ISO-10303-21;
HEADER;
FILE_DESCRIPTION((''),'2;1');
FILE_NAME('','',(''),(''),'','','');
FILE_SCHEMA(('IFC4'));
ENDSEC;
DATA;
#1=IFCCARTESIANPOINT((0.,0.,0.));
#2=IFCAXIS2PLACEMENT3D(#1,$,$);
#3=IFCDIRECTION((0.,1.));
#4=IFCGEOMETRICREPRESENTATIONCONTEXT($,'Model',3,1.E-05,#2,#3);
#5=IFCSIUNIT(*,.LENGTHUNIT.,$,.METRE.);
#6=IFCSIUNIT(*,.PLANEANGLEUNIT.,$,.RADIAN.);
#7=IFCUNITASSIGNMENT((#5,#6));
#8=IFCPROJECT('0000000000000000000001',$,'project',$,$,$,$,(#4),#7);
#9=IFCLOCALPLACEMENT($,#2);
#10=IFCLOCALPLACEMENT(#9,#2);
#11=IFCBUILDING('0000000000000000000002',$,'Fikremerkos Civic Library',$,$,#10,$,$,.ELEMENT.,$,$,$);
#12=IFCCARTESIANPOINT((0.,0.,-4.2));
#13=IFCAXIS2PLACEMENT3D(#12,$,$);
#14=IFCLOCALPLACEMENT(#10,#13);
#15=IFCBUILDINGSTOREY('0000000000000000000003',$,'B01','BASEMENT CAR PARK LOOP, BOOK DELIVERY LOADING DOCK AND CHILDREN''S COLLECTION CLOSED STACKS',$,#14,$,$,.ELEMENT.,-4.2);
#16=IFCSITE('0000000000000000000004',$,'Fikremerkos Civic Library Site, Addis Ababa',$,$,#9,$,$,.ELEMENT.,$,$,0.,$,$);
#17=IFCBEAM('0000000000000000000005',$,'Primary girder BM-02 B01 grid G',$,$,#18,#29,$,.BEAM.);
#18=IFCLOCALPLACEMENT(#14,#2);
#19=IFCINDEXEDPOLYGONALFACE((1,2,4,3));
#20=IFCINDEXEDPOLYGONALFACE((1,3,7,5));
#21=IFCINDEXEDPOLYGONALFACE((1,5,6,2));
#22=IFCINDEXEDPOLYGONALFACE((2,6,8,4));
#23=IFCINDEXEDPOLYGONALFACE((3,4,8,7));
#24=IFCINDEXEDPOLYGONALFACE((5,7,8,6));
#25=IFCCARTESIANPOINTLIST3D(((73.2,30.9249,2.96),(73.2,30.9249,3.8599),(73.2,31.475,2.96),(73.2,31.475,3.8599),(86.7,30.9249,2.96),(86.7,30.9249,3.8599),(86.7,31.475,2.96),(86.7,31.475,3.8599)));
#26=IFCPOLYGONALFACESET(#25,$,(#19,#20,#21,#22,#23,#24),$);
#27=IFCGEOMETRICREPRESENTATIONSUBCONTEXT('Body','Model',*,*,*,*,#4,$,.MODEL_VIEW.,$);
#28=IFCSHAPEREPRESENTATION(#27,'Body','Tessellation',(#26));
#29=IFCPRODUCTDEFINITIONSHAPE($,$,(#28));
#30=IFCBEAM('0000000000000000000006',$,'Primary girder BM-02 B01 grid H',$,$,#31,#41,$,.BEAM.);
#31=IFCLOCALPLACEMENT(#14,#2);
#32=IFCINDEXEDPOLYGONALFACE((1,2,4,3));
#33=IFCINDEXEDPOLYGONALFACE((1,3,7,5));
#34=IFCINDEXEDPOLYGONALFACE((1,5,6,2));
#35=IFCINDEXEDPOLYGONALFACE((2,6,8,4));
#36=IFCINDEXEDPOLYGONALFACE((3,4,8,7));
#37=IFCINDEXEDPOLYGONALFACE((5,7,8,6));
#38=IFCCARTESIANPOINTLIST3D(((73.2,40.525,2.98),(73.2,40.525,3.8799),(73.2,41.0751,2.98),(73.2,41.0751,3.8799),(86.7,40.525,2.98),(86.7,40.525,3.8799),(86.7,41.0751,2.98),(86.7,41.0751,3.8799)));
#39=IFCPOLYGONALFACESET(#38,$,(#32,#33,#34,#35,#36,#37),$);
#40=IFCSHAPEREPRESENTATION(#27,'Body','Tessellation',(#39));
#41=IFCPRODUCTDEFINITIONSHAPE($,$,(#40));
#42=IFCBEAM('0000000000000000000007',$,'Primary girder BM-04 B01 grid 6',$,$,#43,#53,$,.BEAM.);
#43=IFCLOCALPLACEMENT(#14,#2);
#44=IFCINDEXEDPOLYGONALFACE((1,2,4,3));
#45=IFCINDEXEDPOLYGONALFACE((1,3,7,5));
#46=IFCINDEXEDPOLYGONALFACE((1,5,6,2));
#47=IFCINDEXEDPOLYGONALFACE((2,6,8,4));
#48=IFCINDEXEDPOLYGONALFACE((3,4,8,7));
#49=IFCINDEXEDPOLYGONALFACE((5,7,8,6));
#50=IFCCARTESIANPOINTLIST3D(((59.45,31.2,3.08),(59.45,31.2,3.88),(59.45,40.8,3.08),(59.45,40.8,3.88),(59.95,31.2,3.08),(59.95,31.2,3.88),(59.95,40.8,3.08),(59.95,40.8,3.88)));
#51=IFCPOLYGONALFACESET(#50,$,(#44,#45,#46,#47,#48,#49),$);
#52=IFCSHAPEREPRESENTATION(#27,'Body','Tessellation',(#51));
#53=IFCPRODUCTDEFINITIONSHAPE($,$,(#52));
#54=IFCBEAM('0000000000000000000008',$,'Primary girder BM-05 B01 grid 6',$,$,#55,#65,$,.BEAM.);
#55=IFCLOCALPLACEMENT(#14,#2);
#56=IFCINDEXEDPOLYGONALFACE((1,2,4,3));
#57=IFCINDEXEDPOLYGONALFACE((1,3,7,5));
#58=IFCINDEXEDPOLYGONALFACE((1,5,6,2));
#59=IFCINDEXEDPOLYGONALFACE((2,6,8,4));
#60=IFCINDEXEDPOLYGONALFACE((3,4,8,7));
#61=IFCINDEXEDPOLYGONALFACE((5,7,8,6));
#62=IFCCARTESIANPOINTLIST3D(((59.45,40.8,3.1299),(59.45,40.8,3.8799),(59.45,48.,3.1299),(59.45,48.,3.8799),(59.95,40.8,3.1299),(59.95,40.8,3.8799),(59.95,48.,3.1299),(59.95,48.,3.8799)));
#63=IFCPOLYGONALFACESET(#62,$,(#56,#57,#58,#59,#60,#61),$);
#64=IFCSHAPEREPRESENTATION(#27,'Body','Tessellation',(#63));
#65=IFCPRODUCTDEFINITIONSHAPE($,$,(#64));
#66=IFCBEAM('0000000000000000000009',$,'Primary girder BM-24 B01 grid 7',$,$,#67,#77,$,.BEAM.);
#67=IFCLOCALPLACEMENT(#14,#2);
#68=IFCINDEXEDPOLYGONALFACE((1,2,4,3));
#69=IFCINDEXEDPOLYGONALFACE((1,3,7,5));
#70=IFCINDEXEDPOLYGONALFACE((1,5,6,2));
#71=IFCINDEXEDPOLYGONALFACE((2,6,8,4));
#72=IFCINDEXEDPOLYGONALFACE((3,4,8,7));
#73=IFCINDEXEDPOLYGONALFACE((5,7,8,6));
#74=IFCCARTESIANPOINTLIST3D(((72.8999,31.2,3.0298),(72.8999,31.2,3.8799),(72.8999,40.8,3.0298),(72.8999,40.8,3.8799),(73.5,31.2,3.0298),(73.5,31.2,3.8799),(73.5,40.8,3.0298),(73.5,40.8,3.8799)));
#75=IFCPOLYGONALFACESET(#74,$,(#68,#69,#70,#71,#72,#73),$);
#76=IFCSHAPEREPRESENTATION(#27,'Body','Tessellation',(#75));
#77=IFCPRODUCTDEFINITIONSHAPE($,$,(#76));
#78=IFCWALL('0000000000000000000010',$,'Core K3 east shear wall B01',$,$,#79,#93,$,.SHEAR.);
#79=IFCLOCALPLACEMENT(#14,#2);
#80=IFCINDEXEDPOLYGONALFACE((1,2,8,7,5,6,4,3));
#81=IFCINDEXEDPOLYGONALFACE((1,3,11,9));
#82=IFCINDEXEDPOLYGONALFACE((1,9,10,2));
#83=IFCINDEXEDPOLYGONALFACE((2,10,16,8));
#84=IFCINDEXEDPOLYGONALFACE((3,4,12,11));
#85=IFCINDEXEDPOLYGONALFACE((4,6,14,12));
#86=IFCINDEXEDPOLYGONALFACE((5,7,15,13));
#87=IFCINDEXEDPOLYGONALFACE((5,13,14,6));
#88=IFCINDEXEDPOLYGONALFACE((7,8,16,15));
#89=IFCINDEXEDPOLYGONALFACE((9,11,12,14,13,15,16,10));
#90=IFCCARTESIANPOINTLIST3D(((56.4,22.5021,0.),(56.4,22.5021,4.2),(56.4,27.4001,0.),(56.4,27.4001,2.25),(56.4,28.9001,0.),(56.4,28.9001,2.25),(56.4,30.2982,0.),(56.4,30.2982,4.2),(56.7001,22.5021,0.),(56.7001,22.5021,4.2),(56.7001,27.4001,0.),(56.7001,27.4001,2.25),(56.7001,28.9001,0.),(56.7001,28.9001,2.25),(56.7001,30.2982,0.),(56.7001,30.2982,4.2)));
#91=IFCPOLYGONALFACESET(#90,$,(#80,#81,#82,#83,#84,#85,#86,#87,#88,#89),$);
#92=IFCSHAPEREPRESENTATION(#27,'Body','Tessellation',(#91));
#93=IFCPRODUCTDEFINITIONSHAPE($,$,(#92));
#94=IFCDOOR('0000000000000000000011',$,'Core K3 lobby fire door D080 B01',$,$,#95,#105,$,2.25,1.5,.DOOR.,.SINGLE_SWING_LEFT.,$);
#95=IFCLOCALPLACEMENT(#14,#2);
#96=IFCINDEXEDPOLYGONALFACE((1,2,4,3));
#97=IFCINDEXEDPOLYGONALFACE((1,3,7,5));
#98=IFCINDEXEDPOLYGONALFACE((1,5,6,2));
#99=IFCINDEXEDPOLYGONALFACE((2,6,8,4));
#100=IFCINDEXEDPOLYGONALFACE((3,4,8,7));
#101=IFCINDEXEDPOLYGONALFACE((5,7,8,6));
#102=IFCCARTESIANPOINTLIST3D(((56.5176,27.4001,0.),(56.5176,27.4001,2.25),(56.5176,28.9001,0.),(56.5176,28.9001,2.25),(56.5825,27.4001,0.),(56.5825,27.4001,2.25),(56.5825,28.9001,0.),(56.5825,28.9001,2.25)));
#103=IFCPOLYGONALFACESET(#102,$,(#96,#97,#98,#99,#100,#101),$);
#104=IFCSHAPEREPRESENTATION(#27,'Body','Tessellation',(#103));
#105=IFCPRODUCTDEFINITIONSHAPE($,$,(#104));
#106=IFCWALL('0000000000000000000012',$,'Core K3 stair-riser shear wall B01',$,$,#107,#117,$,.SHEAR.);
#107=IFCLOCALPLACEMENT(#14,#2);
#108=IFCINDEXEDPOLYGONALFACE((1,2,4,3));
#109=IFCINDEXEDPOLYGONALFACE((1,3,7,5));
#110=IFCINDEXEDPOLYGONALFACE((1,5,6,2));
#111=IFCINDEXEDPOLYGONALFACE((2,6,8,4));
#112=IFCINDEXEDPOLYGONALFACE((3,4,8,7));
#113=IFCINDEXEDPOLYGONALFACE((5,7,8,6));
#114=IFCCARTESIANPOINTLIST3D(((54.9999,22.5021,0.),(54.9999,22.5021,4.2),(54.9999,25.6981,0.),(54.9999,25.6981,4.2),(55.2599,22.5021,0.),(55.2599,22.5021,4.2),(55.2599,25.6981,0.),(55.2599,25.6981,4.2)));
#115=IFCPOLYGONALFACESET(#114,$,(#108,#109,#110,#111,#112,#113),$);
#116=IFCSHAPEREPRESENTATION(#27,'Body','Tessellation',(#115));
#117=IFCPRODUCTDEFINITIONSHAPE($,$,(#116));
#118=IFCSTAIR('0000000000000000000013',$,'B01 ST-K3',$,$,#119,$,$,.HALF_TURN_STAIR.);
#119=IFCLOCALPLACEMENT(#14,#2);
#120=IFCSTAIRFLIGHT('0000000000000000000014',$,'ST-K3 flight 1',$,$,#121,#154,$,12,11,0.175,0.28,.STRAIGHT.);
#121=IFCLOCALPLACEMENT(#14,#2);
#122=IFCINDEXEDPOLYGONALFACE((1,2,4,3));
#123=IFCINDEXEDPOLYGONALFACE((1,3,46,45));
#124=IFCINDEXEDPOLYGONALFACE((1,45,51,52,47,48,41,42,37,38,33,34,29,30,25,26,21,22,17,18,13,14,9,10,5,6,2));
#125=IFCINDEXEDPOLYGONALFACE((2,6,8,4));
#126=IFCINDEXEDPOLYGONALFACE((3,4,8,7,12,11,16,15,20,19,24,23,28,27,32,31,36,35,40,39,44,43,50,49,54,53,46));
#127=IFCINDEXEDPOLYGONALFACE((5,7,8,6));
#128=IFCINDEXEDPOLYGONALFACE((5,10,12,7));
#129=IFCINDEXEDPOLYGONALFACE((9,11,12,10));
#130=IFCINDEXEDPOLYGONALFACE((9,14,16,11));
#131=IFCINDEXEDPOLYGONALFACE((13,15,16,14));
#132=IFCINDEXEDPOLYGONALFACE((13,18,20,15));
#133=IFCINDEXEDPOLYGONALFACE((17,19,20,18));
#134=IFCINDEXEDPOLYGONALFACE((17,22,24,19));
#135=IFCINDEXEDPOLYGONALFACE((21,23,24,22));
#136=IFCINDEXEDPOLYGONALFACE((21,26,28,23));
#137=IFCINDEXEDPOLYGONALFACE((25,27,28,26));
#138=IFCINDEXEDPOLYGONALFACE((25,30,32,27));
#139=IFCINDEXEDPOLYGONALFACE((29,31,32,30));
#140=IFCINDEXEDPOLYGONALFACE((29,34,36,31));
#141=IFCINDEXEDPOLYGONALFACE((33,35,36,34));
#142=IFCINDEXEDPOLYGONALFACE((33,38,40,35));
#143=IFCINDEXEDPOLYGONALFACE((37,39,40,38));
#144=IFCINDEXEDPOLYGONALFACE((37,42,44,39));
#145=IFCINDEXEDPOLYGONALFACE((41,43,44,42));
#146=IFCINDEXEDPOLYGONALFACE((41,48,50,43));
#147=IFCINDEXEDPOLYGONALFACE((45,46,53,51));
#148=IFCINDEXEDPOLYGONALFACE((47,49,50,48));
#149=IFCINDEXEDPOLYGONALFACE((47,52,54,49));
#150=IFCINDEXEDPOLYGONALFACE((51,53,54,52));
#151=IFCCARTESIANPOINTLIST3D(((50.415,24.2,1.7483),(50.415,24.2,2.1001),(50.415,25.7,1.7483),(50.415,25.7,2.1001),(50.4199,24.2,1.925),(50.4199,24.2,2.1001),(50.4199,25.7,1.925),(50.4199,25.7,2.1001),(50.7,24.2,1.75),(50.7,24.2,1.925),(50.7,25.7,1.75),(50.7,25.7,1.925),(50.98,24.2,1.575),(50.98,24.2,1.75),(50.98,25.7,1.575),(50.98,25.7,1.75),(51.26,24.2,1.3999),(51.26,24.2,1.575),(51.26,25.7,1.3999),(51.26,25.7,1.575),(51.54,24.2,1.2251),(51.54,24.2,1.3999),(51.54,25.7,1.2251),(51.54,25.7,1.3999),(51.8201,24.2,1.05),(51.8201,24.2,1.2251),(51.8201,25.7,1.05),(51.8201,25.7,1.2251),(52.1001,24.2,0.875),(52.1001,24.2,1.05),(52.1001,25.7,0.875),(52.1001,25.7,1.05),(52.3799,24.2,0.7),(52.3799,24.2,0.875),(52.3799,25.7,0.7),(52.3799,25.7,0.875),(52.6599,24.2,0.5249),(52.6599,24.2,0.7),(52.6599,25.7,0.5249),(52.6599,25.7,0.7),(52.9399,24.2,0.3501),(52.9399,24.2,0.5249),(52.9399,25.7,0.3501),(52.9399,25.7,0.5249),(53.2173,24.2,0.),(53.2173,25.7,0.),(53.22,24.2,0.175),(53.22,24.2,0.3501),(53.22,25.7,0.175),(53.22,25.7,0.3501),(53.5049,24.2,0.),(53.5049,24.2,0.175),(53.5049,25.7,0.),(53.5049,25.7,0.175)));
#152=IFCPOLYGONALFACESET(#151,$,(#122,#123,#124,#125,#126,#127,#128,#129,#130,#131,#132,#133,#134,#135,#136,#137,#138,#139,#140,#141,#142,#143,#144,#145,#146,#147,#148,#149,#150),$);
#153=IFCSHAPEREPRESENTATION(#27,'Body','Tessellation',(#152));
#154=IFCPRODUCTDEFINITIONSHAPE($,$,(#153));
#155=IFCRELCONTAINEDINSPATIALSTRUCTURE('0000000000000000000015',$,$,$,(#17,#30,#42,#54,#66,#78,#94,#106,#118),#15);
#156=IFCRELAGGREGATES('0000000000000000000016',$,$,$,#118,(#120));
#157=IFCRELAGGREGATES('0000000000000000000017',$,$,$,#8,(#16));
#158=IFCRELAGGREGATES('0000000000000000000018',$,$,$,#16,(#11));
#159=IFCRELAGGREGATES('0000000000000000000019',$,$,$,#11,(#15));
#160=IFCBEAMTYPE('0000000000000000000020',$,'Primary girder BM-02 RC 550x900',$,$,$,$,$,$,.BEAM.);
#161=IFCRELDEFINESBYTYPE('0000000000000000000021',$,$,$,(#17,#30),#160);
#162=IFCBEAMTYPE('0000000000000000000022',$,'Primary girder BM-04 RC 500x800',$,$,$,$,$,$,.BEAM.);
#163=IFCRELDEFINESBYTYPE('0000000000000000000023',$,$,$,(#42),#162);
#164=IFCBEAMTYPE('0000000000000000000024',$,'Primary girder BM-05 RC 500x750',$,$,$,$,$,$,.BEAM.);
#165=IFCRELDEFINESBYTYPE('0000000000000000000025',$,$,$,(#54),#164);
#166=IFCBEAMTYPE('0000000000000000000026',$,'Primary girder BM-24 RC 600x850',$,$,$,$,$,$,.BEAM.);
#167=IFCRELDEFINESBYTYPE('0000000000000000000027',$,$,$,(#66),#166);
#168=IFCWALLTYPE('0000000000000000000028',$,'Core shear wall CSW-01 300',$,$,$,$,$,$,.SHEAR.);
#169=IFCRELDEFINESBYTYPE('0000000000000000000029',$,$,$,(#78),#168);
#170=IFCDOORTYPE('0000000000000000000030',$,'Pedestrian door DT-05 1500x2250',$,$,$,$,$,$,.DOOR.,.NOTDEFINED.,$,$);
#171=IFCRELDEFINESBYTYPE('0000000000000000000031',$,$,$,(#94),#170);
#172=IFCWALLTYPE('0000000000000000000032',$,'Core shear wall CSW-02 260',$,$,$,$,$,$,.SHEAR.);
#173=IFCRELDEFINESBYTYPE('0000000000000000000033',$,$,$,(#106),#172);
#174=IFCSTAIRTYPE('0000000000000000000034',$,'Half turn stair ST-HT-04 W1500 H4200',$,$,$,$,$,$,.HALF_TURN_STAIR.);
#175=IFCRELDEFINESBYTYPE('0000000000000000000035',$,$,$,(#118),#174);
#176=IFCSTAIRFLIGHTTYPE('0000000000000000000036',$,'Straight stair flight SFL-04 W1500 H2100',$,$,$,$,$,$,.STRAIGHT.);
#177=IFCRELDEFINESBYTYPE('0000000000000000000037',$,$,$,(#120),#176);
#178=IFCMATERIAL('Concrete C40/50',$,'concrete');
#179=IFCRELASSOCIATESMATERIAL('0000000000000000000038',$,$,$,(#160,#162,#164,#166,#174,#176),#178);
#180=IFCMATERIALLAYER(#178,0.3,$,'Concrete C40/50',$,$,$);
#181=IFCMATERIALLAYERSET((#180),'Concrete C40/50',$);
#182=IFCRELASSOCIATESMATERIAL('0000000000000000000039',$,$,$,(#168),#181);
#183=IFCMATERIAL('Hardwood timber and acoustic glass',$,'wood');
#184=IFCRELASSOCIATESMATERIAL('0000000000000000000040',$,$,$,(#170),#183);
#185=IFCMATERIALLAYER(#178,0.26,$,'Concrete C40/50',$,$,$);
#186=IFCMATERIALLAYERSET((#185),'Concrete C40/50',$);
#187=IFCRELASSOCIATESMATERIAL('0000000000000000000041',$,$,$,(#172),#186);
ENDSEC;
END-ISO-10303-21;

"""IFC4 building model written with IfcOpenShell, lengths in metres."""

from ifc_helpers import new_model, si_unit, direction, frame, frame_2d, origin, origin_2d, place, context, subcontext, project, spatial, polyline, rectangle, outline, extrude, material, layer, layer_set, material_profile, profile_set, type_object, element, fill, aggregate, save


model = new_model("IFC4")

# Units and contexts
model_context = context("Model", 3, precision=1e-05, world=origin(), true_north=direction((0.0, 1.0)))
body_context = subcontext(model_context, "Body", "Model", "MODEL_VIEW")
ifc_project = project(units=[si_unit("LENGTHUNIT", "METRE"), si_unit("PLANEANGLEUNIT", "RADIAN")], contexts=[model_context])

# Site, building, storey
site_placement = place(None, origin())
site = spatial("IfcSite", under=ifc_project, at=site_placement, Name="Fikremerkos Civic Library Site, Addis Ababa", CompositionType="ELEMENT", RefElevation=0.0)
building_placement = place(site_placement, origin())
building = spatial("IfcBuilding", under=site, at=building_placement, Name="Fikremerkos Civic Library", CompositionType="ELEMENT")
storey_placement = place(building_placement, frame((0.0, 0.0, -4.2)))
storey = spatial("IfcBuildingStorey", under=building, at=storey_placement, Name="B01", Description="BASEMENT CAR PARK LOOP, BOOK DELIVERY LOADING DOCK AND CHILDREN'S COLLECTION CLOSED STACKS", CompositionType="ELEMENT", Elevation=-4.2)

# Shared definitions
ifc_material_1 = material(Name="Concrete C40/50", Category="concrete")

# Beams
ifc_material_profile_1 = material_profile(ifc_material_1, rectangle(XDim=0.55, YDim=0.8999, at=origin_2d()), Name="RC 550x900")
ifc_profile_set_1 = profile_set([ifc_material_profile_1], Name="Concrete C40/50")
beam_type_1 = type_object("IfcBeamType", Name="Primary girder BM-02 RC 550x900", PredefinedType="BEAM", material=ifc_profile_set_1)
for number, where, z_axis, x_axis, name in (
    (1, (73.2, 31.2, 3.4099), (1.0, 0.0, 0.0), (0.0, 1.0, 0.0), "Primary girder BM-02 B01 grid G"),
    (2, (73.2, 40.8, 3.4299), (1.0, 0.0, 0.0), (0.0, 1.0, 0.0), "Primary girder BM-02 B01 grid H"),
):
    element("IfcBeam", number, at=place(storey_placement, frame(where, z_axis=z_axis, x_axis=x_axis)), inside=storey, type_object=beam_type_1, Name=name, PredefinedType="BEAM", context=body_context, shape_type="SweptSolid", body=[
        extrude(rectangle(XDim=0.55, YDim=0.8999, at=origin_2d()), origin(), (0.0, 0.0, 1.0), 13.5),
    ])
ifc_material_profile_2 = material_profile(ifc_material_1, rectangle(XDim=0.5, YDim=0.8, at=origin_2d()), Name="RC 500x800")
ifc_profile_set_2 = profile_set([ifc_material_profile_2], Name="Concrete C40/50")
beam_type_2 = type_object("IfcBeamType", Name="Primary girder BM-04 RC 500x800", PredefinedType="BEAM", material=ifc_profile_set_2)
beam_1_placement = place(storey_placement, frame((59.7, 31.2, 3.48), z_axis=(0.0, 1.0, 0.0), x_axis=(-1.0, 0.0, 0.0)))
element("IfcBeam", 3, at=beam_1_placement, inside=storey, type_object=beam_type_2, Name="Primary girder BM-04 B01 grid 6", PredefinedType="BEAM", context=body_context, shape_type="SweptSolid", body=[
    extrude(rectangle(XDim=0.5, YDim=0.8, at=origin_2d()), origin(), (0.0, 0.0, 1.0), 9.6001),
])
ifc_material_profile_3 = material_profile(ifc_material_1, rectangle(XDim=0.5, YDim=0.75, at=origin_2d()), Name="RC 500x750")
ifc_profile_set_3 = profile_set([ifc_material_profile_3], Name="Concrete C40/50")
beam_type_3 = type_object("IfcBeamType", Name="Primary girder BM-05 RC 500x750", PredefinedType="BEAM", material=ifc_profile_set_3)
beam_2_placement = place(storey_placement, frame((59.7, 40.8, 3.5049), z_axis=(0.0, 1.0, 0.0), x_axis=(-1.0, 0.0, 0.0)))
element("IfcBeam", 4, at=beam_2_placement, inside=storey, type_object=beam_type_3, Name="Primary girder BM-05 B01 grid 6", PredefinedType="BEAM", context=body_context, shape_type="SweptSolid", body=[
    extrude(rectangle(XDim=0.5, YDim=0.75, at=origin_2d()), origin(), (0.0, 0.0, 1.0), 7.2),
])
ifc_material_profile_4 = material_profile(ifc_material_1, rectangle(XDim=0.6001, YDim=0.8501, at=origin_2d()), Name="RC 600x850")
ifc_profile_set_4 = profile_set([ifc_material_profile_4], Name="Concrete C40/50")
beam_type_4 = type_object("IfcBeamType", Name="Primary girder BM-24 RC 600x850", PredefinedType="BEAM", material=ifc_profile_set_4)
beam_3_placement = place(storey_placement, frame((73.2, 31.2, 3.4548), z_axis=(0.0, 1.0, 0.0), x_axis=(-1.0, 0.0, 0.0)))
element("IfcBeam", 5, at=beam_3_placement, inside=storey, type_object=beam_type_4, Name="Primary girder BM-24 B01 grid 7", PredefinedType="BEAM", context=body_context, shape_type="SweptSolid", body=[
    extrude(rectangle(XDim=0.6001, YDim=0.8501, at=origin_2d()), origin(), (0.0, 0.0, 1.0), 9.6001),
])

# Wall, opening, door
ifc_layer_1 = layer(ifc_material_1, 0.3, Name="Concrete C40/50")
ifc_layer_set_1 = layer_set([ifc_layer_1], Name="Concrete C40/50")
wall_type_1 = type_object("IfcWallType", Name="Core shear wall CSW-01 300", PredefinedType="SHEAR", material=ifc_layer_set_1)
wall_1_placement = place(storey_placement, frame((56.55, 30.2981, 0.0), z_axis=(0.0, 0.0, 1.0), x_axis=(0.0, -1.0, 0.0)))
wall_1 = element("IfcWall", 6, at=wall_1_placement, inside=storey, type_object=wall_type_1, Name="Core K3 east shear wall B01", PredefinedType="SHEAR", context=body_context, shape_type="SweptSolid", body=[
    extrude(rectangle(XDim=7.7961, YDim=0.3, at=frame_2d((3.8979, 0.0))), origin(), (0.0, 0.0, 1.0), 4.2),
])
opening_placement = place(wall_1_placement, frame((1.3979, 0.0, 0.0)))
opening = element("IfcOpeningElement", 7, at=opening_placement, cuts=wall_1, PredefinedType="OPENING", context=body_context, shape_type="SweptSolid", body=[
    extrude(rectangle(XDim=1.5, YDim=2.25, at=frame_2d((0.75, 1.125))), frame((0.0, 0.1599, 0.0), z_axis=(0.0, -1.0, 0.0), x_axis=(1.0, 0.0, 0.0)), (0.0, 0.0, 1.0), 0.3201),
])
ifc_material_2 = material(Name="Hardwood timber and acoustic glass", Category="wood")
door_type = type_object("IfcDoorType", Name="Pedestrian door DT-05 1500x2250", OperationType="NOTDEFINED", PredefinedType="DOOR", material=ifc_material_2)
door_placement = place(opening_placement, origin())
door = element("IfcDoor", 8, at=door_placement, inside=storey, type_object=door_type, Name="Core K3 lobby fire door D080 B01", OperationType="SINGLE_SWING_LEFT", OverallHeight=2.25, OverallWidth=1.5, PredefinedType="DOOR", context=body_context, shape_type="SweptSolid", body=[
    extrude(rectangle(XDim=1.5, YDim=2.25, at=frame_2d((0.75, 1.125))), frame((0.0, 0.0325, 0.0), z_axis=(0.0, -1.0, 0.0), x_axis=(1.0, 0.0, 0.0)), (0.0, 0.0, 1.0), 0.0649),
])
fill(opening, door)

# Wall
ifc_layer_2 = layer(ifc_material_1, 0.26, Name="Concrete C40/50")
ifc_layer_set_2 = layer_set([ifc_layer_2], Name="Concrete C40/50")
wall_type_2 = type_object("IfcWallType", Name="Core shear wall CSW-02 260", PredefinedType="SHEAR", material=ifc_layer_set_2)
wall_2_placement = place(storey_placement, frame((55.1299, 22.502, 0.0), z_axis=(0.0, 0.0, 1.0), x_axis=(0.0, 1.0, 0.0)))
element("IfcWall", 9, at=wall_2_placement, inside=storey, type_object=wall_type_2, Name="Core K3 stair-riser shear wall B01", PredefinedType="SHEAR", context=body_context, shape_type="SweptSolid", body=[
    extrude(rectangle(XDim=3.196, YDim=0.26, at=frame_2d((1.5981, 0.0))), origin(), (0.0, 0.0, 1.0), 4.2),
])

# Stair, stair flight
stair_type = type_object("IfcStairType", Name="Half turn stair ST-HT-04 W1500 H4200", PredefinedType="HALF_TURN_STAIR", material=ifc_material_1)
stair_placement = place(storey_placement, origin())
stair = element("IfcStair", 10, at=stair_placement, inside=storey, type_object=stair_type, Name="B01 ST-K3", PredefinedType="HALF_TURN_STAIR")
stair_flight_type = type_object("IfcStairFlightType", Name="Straight stair flight SFL-04 W1500 H2100", PredefinedType="STRAIGHT", material=ifc_material_1)
stair_flight_placement = place(storey_placement, frame((53.5, 24.95, 0.0), z_axis=(0.0, 0.0, 1.0), x_axis=(-1.0, 0.0, 0.0)))
stair_flight = element("IfcStairFlight", 11, at=stair_flight_placement, type_object=stair_flight_type, Name="ST-K3 flight 1", NumberOfRisers=12, NumberOfTreads=11, PredefinedType="STRAIGHT", RiserHeight=0.175, TreadLength=0.28, context=body_context, shape_type="SweptSolid", body=[
    extrude(outline(polyline([(-0.0049, 0.0), (-0.0049, 0.175), (0.28, 0.175), (0.28, 0.3501), (0.5601, 0.3501), (0.5601, 0.5249), (0.8401, 0.5249), (0.8401, 0.7), (1.1201, 0.7), (1.1201, 0.875), (1.3999, 0.875), (1.3999, 1.05), (1.6799, 1.05), (1.6799, 1.2251), (1.96, 1.2251), (1.96, 1.3999), (2.24, 1.3999), (2.24, 1.575), (2.52, 1.575), (2.52, 1.75), (2.8, 1.75), (2.8, 1.925), (3.0801, 1.925), (3.0801, 2.1001), (3.085, 2.1001), (3.085, 1.7483), (0.2827, 0.0), (-0.0049, 0.0)])), frame((0.0, 0.75, 0.0), z_axis=(0.0, -1.0, 0.0), x_axis=(1.0, 0.0, 0.0)), (0.0, 0.0, 1.0), 1.5),
])
aggregate(stair, [stair_flight])

save(model, "model.ifc")
